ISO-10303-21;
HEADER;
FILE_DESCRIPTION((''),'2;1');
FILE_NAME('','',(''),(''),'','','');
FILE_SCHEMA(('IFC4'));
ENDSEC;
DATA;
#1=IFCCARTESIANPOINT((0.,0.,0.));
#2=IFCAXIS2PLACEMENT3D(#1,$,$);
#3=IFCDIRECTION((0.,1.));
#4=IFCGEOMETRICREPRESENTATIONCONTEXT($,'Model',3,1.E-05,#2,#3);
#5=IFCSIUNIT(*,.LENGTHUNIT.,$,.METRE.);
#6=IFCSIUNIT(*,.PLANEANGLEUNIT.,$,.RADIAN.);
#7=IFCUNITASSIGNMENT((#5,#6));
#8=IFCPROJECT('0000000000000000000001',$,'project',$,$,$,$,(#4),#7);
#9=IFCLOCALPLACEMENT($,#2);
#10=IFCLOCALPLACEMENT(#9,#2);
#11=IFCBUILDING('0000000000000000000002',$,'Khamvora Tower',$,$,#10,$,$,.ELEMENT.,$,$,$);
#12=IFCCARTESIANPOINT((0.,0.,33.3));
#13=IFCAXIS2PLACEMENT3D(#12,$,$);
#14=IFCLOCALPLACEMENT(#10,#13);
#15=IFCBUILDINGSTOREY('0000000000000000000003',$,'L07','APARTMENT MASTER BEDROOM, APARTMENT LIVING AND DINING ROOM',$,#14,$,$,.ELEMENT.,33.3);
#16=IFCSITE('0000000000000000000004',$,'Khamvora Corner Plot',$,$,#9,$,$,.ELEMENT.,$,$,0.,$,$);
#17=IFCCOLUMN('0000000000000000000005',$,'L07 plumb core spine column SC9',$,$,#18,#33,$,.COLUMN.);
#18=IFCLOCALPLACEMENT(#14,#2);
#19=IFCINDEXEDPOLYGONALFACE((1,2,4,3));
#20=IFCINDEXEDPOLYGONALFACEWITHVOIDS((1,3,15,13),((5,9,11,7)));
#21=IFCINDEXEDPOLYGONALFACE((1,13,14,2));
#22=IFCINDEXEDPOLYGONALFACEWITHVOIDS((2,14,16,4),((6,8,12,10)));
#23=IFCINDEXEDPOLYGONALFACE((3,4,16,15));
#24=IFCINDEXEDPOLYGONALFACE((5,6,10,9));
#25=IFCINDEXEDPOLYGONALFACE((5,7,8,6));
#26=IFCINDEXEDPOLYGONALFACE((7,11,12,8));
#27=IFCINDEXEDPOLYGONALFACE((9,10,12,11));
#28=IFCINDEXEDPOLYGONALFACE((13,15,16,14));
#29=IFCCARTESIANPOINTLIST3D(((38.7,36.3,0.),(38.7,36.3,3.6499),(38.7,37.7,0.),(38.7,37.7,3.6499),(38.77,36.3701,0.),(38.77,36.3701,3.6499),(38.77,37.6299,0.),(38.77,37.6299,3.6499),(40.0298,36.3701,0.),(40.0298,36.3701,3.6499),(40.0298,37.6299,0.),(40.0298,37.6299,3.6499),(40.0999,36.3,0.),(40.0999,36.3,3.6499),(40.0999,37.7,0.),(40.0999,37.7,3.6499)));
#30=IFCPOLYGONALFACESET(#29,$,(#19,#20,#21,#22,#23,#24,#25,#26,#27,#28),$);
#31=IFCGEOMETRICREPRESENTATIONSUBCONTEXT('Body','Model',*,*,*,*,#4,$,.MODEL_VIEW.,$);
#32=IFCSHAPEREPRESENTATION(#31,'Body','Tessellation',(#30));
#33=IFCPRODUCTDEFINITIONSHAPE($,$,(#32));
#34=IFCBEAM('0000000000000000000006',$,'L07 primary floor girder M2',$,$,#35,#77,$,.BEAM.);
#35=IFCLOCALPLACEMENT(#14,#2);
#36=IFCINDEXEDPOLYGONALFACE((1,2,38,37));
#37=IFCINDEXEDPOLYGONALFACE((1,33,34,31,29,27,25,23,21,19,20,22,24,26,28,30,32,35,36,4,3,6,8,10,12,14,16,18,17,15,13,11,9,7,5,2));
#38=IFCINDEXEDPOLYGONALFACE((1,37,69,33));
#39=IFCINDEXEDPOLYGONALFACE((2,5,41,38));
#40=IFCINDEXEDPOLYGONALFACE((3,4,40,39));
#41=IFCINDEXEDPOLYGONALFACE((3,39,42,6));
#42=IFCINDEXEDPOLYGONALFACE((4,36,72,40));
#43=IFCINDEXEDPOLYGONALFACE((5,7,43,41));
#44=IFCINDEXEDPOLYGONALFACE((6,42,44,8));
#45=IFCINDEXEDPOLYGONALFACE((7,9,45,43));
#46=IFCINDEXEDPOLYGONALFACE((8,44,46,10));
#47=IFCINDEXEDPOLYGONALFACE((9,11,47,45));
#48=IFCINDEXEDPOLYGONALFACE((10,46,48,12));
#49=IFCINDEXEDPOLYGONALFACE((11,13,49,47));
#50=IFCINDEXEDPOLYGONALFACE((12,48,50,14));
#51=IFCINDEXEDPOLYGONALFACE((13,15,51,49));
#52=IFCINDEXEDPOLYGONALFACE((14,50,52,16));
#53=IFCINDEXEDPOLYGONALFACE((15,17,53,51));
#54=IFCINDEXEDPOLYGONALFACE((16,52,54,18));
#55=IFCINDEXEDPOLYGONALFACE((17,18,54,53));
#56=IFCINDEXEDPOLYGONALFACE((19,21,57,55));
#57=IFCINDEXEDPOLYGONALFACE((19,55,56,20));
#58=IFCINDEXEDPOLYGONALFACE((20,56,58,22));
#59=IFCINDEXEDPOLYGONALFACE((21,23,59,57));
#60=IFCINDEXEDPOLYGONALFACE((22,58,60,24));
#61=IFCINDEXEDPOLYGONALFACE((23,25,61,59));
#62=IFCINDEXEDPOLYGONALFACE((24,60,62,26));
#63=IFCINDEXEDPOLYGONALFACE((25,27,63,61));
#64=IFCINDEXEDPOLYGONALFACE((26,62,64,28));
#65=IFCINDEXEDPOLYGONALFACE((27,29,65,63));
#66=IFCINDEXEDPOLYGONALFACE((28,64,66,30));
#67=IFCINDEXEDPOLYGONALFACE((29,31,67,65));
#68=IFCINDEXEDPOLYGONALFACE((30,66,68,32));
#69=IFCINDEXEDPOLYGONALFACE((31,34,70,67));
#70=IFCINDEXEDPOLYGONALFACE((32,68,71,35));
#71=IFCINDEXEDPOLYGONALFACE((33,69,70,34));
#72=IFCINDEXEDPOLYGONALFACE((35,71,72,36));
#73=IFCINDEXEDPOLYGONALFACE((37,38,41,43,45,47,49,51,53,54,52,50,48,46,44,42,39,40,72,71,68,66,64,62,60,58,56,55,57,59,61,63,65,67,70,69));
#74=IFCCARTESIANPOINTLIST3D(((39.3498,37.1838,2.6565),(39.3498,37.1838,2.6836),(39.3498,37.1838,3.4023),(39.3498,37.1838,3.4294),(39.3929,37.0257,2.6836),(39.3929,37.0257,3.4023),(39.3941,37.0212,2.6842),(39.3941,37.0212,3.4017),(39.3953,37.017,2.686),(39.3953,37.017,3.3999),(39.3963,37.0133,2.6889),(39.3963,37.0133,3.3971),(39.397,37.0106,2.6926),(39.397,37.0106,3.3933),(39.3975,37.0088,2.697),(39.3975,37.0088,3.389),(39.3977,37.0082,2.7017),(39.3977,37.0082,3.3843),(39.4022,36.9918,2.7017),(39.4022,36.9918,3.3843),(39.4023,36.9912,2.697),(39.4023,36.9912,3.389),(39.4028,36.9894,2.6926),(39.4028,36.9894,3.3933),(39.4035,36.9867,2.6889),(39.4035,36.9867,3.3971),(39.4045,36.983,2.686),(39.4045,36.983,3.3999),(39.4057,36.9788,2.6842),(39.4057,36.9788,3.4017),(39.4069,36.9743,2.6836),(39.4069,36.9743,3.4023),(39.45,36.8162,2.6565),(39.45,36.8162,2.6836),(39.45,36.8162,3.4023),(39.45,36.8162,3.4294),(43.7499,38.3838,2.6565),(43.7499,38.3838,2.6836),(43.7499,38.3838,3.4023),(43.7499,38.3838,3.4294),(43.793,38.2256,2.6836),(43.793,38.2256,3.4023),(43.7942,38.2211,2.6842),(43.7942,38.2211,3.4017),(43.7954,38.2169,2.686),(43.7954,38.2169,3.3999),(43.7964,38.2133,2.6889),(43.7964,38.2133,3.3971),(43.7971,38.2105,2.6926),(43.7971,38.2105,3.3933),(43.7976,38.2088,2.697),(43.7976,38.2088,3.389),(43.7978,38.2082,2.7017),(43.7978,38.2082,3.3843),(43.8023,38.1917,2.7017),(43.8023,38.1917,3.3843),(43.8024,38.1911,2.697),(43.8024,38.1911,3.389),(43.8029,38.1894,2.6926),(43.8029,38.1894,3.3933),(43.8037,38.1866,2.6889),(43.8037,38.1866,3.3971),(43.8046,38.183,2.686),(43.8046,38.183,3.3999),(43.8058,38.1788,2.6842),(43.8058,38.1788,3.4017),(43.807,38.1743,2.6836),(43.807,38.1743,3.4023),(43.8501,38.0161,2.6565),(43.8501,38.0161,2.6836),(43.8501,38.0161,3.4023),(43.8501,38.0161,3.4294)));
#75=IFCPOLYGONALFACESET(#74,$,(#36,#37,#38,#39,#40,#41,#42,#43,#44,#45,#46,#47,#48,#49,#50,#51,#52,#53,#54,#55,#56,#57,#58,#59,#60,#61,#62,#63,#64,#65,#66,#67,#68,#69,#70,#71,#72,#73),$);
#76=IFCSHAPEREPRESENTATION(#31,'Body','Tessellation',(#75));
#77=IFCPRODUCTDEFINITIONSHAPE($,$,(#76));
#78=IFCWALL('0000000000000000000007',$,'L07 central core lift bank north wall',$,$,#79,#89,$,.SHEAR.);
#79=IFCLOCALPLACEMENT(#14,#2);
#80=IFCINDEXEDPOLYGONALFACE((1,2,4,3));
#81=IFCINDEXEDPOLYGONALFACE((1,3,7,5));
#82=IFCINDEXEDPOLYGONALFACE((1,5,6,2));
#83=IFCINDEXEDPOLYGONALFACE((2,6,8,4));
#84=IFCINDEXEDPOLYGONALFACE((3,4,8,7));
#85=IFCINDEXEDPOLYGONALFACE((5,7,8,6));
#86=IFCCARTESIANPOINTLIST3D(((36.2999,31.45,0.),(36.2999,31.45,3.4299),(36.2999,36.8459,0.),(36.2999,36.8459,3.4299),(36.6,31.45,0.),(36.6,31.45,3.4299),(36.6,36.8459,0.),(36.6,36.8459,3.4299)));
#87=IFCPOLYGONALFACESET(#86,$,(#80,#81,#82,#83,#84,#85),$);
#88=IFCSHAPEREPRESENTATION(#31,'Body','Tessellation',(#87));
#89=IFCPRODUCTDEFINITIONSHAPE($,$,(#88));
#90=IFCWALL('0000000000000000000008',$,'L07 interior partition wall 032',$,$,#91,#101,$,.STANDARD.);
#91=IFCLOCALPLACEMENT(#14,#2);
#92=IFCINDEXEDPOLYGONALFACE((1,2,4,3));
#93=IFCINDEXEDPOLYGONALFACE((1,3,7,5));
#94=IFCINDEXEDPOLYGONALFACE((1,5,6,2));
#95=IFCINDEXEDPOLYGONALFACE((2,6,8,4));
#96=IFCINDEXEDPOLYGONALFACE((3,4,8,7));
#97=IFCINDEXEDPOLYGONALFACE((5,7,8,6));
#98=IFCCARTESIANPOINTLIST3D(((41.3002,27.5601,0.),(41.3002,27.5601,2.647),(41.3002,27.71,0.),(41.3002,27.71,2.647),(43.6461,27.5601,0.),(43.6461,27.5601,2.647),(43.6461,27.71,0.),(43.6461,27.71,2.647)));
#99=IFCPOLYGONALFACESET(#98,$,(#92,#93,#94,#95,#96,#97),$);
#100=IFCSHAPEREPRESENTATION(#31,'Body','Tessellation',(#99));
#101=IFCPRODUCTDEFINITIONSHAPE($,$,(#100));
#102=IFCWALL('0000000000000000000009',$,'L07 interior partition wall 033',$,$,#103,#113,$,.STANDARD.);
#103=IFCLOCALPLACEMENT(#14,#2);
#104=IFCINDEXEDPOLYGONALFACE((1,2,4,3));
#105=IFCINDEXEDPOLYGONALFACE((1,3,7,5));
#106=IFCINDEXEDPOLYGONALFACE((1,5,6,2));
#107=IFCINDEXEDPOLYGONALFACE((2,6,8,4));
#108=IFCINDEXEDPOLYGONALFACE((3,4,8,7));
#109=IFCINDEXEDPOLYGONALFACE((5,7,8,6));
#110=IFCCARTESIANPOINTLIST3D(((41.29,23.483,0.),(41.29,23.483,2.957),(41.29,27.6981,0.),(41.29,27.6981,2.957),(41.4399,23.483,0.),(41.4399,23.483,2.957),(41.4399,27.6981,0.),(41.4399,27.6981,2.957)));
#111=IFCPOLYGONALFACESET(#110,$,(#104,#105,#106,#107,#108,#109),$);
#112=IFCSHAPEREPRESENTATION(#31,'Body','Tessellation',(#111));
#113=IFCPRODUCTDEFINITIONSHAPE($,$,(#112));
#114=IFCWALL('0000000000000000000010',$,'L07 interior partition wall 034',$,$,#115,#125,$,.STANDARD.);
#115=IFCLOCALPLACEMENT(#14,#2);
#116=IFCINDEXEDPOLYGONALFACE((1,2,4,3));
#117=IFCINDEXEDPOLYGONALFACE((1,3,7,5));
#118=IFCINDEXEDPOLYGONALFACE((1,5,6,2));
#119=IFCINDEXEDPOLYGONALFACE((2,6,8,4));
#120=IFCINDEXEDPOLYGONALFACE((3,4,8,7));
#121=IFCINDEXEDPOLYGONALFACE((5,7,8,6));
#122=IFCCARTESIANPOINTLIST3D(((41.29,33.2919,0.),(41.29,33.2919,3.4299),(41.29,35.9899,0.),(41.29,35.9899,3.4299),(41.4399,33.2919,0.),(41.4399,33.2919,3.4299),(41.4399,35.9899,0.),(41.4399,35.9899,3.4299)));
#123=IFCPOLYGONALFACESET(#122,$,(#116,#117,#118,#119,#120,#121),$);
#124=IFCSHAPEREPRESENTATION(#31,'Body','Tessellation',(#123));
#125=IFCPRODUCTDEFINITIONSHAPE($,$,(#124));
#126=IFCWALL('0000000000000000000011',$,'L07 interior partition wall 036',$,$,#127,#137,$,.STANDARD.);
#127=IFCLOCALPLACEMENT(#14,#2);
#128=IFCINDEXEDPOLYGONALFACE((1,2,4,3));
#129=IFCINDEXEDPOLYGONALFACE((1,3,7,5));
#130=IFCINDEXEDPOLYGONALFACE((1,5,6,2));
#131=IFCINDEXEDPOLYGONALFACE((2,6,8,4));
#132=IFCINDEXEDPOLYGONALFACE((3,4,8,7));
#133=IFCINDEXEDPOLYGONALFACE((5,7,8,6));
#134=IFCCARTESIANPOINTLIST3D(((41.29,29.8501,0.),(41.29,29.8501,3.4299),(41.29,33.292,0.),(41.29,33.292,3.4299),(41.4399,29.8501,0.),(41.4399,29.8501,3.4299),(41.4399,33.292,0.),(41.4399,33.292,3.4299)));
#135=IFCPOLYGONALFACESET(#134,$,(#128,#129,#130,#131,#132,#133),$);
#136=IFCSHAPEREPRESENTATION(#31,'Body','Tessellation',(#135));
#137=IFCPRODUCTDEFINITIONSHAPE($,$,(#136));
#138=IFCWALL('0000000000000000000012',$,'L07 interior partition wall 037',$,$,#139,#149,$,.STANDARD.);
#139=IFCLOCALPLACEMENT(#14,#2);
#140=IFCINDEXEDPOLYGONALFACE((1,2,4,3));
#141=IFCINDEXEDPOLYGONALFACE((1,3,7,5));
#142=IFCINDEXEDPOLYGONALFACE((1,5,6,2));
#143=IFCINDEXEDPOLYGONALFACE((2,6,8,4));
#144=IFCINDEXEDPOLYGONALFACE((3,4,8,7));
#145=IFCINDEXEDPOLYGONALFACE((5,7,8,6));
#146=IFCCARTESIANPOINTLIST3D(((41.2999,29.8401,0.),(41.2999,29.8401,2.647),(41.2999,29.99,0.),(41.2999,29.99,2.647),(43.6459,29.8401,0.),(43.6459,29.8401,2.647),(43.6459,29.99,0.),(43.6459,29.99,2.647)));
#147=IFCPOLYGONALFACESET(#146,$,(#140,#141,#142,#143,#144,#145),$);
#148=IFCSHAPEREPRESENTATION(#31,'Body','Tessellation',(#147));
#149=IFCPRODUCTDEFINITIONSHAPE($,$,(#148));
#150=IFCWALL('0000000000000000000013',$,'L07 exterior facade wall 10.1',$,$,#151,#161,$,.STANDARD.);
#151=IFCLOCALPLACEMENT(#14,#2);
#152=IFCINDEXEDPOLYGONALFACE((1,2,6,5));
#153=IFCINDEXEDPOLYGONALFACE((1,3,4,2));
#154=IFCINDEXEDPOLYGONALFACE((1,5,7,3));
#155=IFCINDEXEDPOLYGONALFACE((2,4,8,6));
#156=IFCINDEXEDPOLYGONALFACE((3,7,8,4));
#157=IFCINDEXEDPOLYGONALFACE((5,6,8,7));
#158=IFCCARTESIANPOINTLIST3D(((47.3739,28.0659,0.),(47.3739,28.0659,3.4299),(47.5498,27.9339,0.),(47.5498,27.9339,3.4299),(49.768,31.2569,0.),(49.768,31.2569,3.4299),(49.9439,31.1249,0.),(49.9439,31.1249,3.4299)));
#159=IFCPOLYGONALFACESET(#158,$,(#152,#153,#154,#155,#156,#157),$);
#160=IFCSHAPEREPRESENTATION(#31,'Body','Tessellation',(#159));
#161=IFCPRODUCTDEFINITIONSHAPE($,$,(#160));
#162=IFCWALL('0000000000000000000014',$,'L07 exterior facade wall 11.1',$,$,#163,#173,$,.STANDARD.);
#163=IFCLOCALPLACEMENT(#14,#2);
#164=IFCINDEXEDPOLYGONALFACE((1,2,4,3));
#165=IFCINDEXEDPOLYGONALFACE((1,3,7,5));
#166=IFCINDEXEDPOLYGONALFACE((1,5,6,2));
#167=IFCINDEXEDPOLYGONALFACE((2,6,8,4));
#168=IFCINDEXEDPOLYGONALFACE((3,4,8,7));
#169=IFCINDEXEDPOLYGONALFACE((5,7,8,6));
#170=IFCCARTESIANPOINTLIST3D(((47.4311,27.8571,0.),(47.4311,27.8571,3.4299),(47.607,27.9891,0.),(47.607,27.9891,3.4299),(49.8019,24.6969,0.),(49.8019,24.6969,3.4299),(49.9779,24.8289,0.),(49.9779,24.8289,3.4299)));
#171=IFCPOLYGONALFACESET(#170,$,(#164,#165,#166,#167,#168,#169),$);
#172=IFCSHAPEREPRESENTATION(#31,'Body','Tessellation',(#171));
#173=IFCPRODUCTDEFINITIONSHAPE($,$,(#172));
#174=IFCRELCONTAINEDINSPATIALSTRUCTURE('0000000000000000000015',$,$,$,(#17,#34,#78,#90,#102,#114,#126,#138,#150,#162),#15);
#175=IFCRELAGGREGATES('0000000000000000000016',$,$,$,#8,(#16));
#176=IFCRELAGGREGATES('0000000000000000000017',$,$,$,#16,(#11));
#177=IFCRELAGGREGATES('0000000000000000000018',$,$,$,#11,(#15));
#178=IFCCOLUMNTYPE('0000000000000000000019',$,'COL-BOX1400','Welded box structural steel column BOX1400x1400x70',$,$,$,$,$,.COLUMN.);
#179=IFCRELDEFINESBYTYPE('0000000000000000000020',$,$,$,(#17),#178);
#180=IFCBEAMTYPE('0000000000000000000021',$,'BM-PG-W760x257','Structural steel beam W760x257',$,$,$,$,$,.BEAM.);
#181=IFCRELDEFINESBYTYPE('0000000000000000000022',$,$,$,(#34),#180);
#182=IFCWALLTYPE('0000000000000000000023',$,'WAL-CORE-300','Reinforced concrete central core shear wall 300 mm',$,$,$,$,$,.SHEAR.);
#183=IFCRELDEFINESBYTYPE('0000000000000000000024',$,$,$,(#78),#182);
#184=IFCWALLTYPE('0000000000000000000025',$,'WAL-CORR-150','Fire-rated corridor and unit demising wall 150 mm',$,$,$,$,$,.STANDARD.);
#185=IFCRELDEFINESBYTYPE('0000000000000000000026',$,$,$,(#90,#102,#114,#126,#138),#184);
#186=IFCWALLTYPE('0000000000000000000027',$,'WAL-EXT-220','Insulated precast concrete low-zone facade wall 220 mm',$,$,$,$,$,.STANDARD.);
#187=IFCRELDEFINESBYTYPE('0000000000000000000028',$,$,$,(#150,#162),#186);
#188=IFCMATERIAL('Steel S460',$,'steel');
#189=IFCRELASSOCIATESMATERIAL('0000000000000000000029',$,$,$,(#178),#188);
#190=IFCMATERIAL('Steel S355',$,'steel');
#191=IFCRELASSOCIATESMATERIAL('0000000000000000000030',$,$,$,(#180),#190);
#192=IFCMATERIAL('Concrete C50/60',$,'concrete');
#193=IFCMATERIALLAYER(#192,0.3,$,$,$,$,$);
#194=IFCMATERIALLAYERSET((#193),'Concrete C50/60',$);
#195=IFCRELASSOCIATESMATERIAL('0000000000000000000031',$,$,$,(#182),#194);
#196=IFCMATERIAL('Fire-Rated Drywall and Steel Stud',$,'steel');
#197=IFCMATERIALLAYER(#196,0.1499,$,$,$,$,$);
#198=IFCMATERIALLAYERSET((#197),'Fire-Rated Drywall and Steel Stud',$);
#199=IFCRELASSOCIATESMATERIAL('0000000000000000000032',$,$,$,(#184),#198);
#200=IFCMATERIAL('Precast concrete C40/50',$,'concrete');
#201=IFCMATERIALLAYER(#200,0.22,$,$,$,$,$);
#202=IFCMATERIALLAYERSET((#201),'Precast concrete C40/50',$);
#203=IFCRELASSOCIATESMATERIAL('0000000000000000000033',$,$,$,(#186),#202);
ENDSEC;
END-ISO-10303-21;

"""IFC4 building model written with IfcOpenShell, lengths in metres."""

from ifc_helpers import new_model, si_unit, direction, frame, frame_2d, origin, origin_2d, place, context, subcontext, project, spatial, rectangle, hollow_rectangle, i_section, extrude, material, layer, layer_set, material_profile, profile_set, type_object, element, save


model = new_model("IFC4")

# Units and contexts
model_context = context("Model", 3, precision=1e-05, world=origin(), true_north=direction((0.0, 1.0)))
body_context = subcontext(model_context, "Body", "Model", "MODEL_VIEW")
ifc_project = project(units=[si_unit("LENGTHUNIT", "METRE"), si_unit("PLANEANGLEUNIT", "RADIAN")], contexts=[model_context])

# Site, building, storey
site_placement = place(None, origin())
site = spatial("IfcSite", under=ifc_project, at=site_placement, Name="Khamvora Corner Plot", CompositionType="ELEMENT", RefElevation=0.0)
building_placement = place(site_placement, origin())
building = spatial("IfcBuilding", under=site, at=building_placement, Name="Khamvora Tower", CompositionType="ELEMENT")
storey_placement = place(building_placement, frame((0.0, 0.0, 33.3)))
storey = spatial("IfcBuildingStorey", under=building, at=storey_placement, Name="L07", Description="APARTMENT MASTER BEDROOM, APARTMENT LIVING AND DINING ROOM", CompositionType="ELEMENT", Elevation=33.3)

# Column
ifc_material_1 = material(Name="Steel S460", Category="steel")
ifc_material_profile_1 = material_profile(ifc_material_1, hollow_rectangle(XDim=1.3999, YDim=1.3999, WallThickness=0.0701, at=origin_2d()), Name="BOX1400x1400x70")
ifc_profile_set_1 = profile_set([ifc_material_profile_1], Name="Steel S460")
column_type = type_object("IfcColumnType", Name="COL-BOX1400", Description="Welded box structural steel column BOX1400x1400x70", PredefinedType="COLUMN", material=ifc_profile_set_1)
column_placement = place(storey_placement, frame((39.3999, 37.0, 0.0), z_axis=(0.0, 0.0, 1.0), x_axis=(1.0, 0.0, 0.0)))
element("IfcColumn", 1, at=column_placement, inside=storey, type_object=column_type, Name="L07 plumb core spine column SC9", PredefinedType="COLUMN", context=body_context, shape_type="SweptSolid", body=[
    extrude(hollow_rectangle(XDim=1.3999, YDim=1.3999, WallThickness=0.0701, at=origin_2d()), origin(), (0.0, 0.0, 1.0), 3.6499),
])

# Beam
ifc_material_2 = material(Name="Steel S355", Category="steel")
ifc_material_profile_2 = material_profile(ifc_material_2, i_section(OverallWidth=0.3811, OverallDepth=0.7729, WebThickness=0.0171, FlangeThickness=0.0271, FilletRadius=0.0181, at=origin_2d()), Name="W760x257")
ifc_profile_set_2 = profile_set([ifc_material_profile_2], Name="Steel S355")
beam_type = type_object("IfcBeamType", Name="BM-PG-W760x257", Description="Structural steel beam W760x257", PredefinedType="BEAM", material=ifc_profile_set_2)
beam_placement = place(storey_placement, frame((39.3999, 37.0, 3.043), z_axis=(0.964769, 0.263099, 0.0), x_axis=(-0.263099, 0.964769, 0.0)))
element("IfcBeam", 2, at=beam_placement, inside=storey, type_object=beam_type, Name="L07 primary floor girder M2", PredefinedType="BEAM", context=body_context, shape_type="SweptSolid", body=[
    extrude(i_section(OverallWidth=0.3811, OverallDepth=0.7729, WebThickness=0.0171, FlangeThickness=0.0271, FilletRadius=0.0181, at=origin_2d()), origin(), (0.0, 0.0, 1.0), 4.5608),
])

# Wall
ifc_material_3 = material(Name="Concrete C50/60", Category="concrete")
ifc_layer_1 = layer(ifc_material_3, 0.3)
ifc_layer_set_1 = layer_set([ifc_layer_1], Name="Concrete C50/60")
wall_type_1 = type_object("IfcWallType", Name="WAL-CORE-300", Description="Reinforced concrete central core shear wall 300 mm", PredefinedType="SHEAR", material=ifc_layer_set_1)
wall_1_placement = place(storey_placement, frame((36.45, 31.45, 0.0), z_axis=(0.0, 0.0, 1.0), x_axis=(0.0, 1.0, 0.0)))
element("IfcWall", 3, at=wall_1_placement, inside=storey, type_object=wall_type_1, Name="L07 central core lift bank north wall", PredefinedType="SHEAR", context=body_context, shape_type="SweptSolid", body=[
    extrude(rectangle(XDim=5.396, YDim=0.3, at=frame_2d((2.698, 0.0))), origin(), (0.0, 0.0, 1.0), 3.4299),
])

# Shared definitions
ifc_material_4 = material(Name="Fire-Rated Drywall and Steel Stud", Category="steel")
ifc_layer_2 = layer(ifc_material_4, 0.1499)
ifc_layer_set_2 = layer_set([ifc_layer_2], Name="Fire-Rated Drywall and Steel Stud")
wall_type_2 = type_object("IfcWallType", Name="WAL-CORR-150", Description="Fire-rated corridor and unit demising wall 150 mm", PredefinedType="STANDARD", material=ifc_layer_set_2)

# Walls
wall_2_placement = place(storey_placement, frame((43.646, 27.635, 0.0), z_axis=(0.0, 0.0, 1.0), x_axis=(-1.0, 0.0, 0.0)))
element("IfcWall", 4, at=wall_2_placement, inside=storey, type_object=wall_type_2, Name="L07 interior partition wall 032", PredefinedType="STANDARD", context=body_context, shape_type="SweptSolid", body=[
    extrude(rectangle(XDim=2.3459, YDim=0.1499, at=frame_2d((1.1729, 0.0))), origin(), (0.0, 0.0, 1.0), 2.647),
])
wall_3_placement = place(storey_placement, frame((41.365, 27.698, 0.0), z_axis=(0.0, 0.0, 1.0), x_axis=(0.0, -1.0, 0.0)))
element("IfcWall", 5, at=wall_3_placement, inside=storey, type_object=wall_type_2, Name="L07 interior partition wall 033", PredefinedType="STANDARD", context=body_context, shape_type="SweptSolid", body=[
    extrude(rectangle(XDim=4.2151, YDim=0.1499, at=frame_2d((2.1074, 0.0))), origin(), (0.0, 0.0, 1.0), 2.957),
])
wall_4_placement = place(storey_placement, frame((41.365, 35.99, 0.0), z_axis=(0.0, 0.0, 1.0), x_axis=(0.0, -1.0, 0.0)))
element("IfcWall", 6, at=wall_4_placement, inside=storey, type_object=wall_type_2, Name="L07 interior partition wall 034", PredefinedType="STANDARD", context=body_context, shape_type="SweptSolid", body=[
    extrude(rectangle(XDim=2.698, YDim=0.1499, at=frame_2d((1.3491, 0.0))), origin(), (0.0, 0.0, 1.0), 3.4299),
])

# Walls
wall_5_placement = place(storey_placement, frame((41.365, 33.292, 0.0), z_axis=(0.0, 0.0, 1.0), x_axis=(0.0, -1.0, 0.0)))
element("IfcWall", 7, at=wall_5_placement, inside=storey, type_object=wall_type_2, Name="L07 interior partition wall 036", PredefinedType="STANDARD", context=body_context, shape_type="SweptSolid", body=[
    extrude(rectangle(XDim=3.4419, YDim=0.1499, at=frame_2d((1.7209, 0.0))), origin(), (0.0, 0.0, 1.0), 3.4299),
])
wall_6_placement = place(storey_placement, frame((41.3, 29.915, 0.0), z_axis=(0.0, 0.0, 1.0), x_axis=(1.0, 0.0, 0.0)))
element("IfcWall", 8, at=wall_6_placement, inside=storey, type_object=wall_type_2, Name="L07 interior partition wall 037", PredefinedType="STANDARD", context=body_context, shape_type="SweptSolid", body=[
    extrude(rectangle(XDim=2.3459, YDim=0.1499, at=frame_2d((1.1729, 0.0))), origin(), (0.0, 0.0, 1.0), 2.647),
])
ifc_material_5 = material(Name="Precast concrete C40/50", Category="concrete")
ifc_layer_3 = layer(ifc_material_5, 0.22)
ifc_layer_set_3 = layer_set([ifc_layer_3], Name="Precast concrete C40/50")
wall_type_3 = type_object("IfcWallType", Name="WAL-EXT-220", Description="Insulated precast concrete low-zone facade wall 220 mm", PredefinedType="STANDARD", material=ifc_layer_set_3)
wall_7_placement = place(storey_placement, frame((49.856, 31.1909, 0.0), z_axis=(0.0, 0.0, 1.0), x_axis=(-0.600137, -0.799897, 0.0)))
element("IfcWall", 9, at=wall_7_placement, inside=storey, type_object=wall_type_3, Name="L07 exterior facade wall 10.1", PredefinedType="STANDARD", context=body_context, shape_type="SweptSolid", body=[
    extrude(rectangle(XDim=3.9893, YDim=0.22, at=frame_2d((1.9946, 0.0))), origin(), (0.0, 0.0, 1.0), 3.4299),
])
wall_8_placement = place(storey_placement, frame((47.519, 27.9231, 0.0), z_axis=(0.0, 0.0, 1.0), x_axis=(0.600119, -0.799911, 0.0)))
element("IfcWall", 10, at=wall_8_placement, inside=storey, type_object=wall_type_3, Name="L07 exterior facade wall 11.1", PredefinedType="STANDARD", context=body_context, shape_type="SweptSolid", body=[
    extrude(rectangle(XDim=3.9507, YDim=0.22, at=frame_2d((1.9753, 0.0))), origin(), (0.0, 0.0, 1.0), 3.4299),
])

save(model, "model.ifc")
